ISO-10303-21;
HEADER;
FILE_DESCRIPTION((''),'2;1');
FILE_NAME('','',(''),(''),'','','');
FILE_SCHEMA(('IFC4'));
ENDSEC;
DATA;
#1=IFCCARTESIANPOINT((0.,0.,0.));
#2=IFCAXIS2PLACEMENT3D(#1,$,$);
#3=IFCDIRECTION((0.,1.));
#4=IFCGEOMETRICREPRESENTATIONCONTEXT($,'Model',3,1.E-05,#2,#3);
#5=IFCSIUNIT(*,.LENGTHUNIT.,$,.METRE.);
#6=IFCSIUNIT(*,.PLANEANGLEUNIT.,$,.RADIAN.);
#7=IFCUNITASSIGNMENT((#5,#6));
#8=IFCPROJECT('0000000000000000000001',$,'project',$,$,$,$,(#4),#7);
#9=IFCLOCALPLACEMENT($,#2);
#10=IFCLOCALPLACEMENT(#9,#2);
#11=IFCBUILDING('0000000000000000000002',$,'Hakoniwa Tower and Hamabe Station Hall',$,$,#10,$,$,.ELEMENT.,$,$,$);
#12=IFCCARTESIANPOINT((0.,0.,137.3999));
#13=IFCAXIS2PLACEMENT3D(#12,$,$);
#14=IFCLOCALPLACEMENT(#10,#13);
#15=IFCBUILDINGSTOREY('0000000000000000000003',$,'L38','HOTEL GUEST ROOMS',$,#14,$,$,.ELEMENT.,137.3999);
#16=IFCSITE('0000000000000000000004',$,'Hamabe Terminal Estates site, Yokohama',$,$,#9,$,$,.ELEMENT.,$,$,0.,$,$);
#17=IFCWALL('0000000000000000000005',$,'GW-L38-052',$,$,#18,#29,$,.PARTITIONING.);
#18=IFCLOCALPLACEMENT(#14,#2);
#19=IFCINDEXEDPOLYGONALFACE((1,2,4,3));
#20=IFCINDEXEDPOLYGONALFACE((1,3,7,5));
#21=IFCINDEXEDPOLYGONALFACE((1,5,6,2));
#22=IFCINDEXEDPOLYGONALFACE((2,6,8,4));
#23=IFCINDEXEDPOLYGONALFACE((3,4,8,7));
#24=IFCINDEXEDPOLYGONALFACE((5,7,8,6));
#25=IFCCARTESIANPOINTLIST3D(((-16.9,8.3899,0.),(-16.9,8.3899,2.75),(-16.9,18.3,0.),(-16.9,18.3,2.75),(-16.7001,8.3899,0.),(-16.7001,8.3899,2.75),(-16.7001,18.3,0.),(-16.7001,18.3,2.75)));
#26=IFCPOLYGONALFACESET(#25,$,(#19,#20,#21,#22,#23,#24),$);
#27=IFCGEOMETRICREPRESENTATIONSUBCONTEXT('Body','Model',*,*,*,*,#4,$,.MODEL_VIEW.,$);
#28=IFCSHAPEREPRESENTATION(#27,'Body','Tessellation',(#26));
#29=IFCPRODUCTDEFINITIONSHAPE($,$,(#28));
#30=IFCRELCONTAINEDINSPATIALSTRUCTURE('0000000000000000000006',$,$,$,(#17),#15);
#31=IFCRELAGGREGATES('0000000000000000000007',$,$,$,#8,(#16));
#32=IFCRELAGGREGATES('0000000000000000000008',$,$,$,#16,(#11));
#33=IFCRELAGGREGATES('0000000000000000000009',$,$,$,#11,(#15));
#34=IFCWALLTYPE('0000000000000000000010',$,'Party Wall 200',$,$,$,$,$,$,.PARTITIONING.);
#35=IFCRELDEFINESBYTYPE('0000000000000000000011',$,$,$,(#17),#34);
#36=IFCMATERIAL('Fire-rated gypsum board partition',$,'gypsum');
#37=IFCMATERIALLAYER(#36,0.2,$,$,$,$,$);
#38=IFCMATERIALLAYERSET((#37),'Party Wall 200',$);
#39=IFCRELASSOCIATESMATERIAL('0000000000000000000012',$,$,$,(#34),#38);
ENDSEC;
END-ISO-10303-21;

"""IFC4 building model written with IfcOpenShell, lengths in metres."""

from ifc_helpers import new_model, si_unit, direction, frame, frame_2d, origin, place, context, subcontext, project, spatial, rectangle, extrude, material, layer, layer_set, type_object, element, save


model = new_model("IFC4")

# Units and contexts
model_context = context("Model", 3, precision=1e-05, world=origin(), true_north=direction((0.0, 1.0)))
body_context = subcontext(model_context, "Body", "Model", "MODEL_VIEW")
ifc_project = project(units=[si_unit("LENGTHUNIT", "METRE"), si_unit("PLANEANGLEUNIT", "RADIAN")], contexts=[model_context])

# Site, building, storey
site_placement = place(None, origin())
site = spatial("IfcSite", under=ifc_project, at=site_placement, Name="Hamabe Terminal Estates site, Yokohama", CompositionType="ELEMENT", RefElevation=0.0)
building_placement = place(site_placement, origin())
building = spatial("IfcBuilding", under=site, at=building_placement, Name="Hakoniwa Tower and Hamabe Station Hall", CompositionType="ELEMENT")
storey_placement = place(building_placement, frame((0.0, 0.0, 137.3999)))
storey = spatial("IfcBuildingStorey", under=building, at=storey_placement, Name="L38", Description="HOTEL GUEST ROOMS", CompositionType="ELEMENT", Elevation=137.3999)

# Wall
ifc_material_1 = material(Name="Fire-rated gypsum board partition", Category="gypsum")
ifc_layer_1 = layer(ifc_material_1, 0.2)
ifc_layer_set_1 = layer_set([ifc_layer_1], Name="Party Wall 200")
wall_type_1 = type_object("IfcWallType", Name="Party Wall 200", PredefinedType="PARTITIONING", material=ifc_layer_set_1)
wall_1_placement = place(storey_placement, frame((-16.8, 8.3899, 0.0), z_axis=(0.0, 0.0, 1.0), x_axis=(0.0, 1.0, 0.0)))
element("IfcWall", 1, at=wall_1_placement, inside=storey, type_object=wall_type_1, Name="GW-L38-052", PredefinedType="PARTITIONING", context=body_context, shape_type="SweptSolid", body=[
    extrude(rectangle(XDim=9.9102, YDim=0.2, at=frame_2d((4.9551, 0.0))), origin(), (0.0, 0.0, 1.0), 2.75),
])

save(model, "model.ifc")
